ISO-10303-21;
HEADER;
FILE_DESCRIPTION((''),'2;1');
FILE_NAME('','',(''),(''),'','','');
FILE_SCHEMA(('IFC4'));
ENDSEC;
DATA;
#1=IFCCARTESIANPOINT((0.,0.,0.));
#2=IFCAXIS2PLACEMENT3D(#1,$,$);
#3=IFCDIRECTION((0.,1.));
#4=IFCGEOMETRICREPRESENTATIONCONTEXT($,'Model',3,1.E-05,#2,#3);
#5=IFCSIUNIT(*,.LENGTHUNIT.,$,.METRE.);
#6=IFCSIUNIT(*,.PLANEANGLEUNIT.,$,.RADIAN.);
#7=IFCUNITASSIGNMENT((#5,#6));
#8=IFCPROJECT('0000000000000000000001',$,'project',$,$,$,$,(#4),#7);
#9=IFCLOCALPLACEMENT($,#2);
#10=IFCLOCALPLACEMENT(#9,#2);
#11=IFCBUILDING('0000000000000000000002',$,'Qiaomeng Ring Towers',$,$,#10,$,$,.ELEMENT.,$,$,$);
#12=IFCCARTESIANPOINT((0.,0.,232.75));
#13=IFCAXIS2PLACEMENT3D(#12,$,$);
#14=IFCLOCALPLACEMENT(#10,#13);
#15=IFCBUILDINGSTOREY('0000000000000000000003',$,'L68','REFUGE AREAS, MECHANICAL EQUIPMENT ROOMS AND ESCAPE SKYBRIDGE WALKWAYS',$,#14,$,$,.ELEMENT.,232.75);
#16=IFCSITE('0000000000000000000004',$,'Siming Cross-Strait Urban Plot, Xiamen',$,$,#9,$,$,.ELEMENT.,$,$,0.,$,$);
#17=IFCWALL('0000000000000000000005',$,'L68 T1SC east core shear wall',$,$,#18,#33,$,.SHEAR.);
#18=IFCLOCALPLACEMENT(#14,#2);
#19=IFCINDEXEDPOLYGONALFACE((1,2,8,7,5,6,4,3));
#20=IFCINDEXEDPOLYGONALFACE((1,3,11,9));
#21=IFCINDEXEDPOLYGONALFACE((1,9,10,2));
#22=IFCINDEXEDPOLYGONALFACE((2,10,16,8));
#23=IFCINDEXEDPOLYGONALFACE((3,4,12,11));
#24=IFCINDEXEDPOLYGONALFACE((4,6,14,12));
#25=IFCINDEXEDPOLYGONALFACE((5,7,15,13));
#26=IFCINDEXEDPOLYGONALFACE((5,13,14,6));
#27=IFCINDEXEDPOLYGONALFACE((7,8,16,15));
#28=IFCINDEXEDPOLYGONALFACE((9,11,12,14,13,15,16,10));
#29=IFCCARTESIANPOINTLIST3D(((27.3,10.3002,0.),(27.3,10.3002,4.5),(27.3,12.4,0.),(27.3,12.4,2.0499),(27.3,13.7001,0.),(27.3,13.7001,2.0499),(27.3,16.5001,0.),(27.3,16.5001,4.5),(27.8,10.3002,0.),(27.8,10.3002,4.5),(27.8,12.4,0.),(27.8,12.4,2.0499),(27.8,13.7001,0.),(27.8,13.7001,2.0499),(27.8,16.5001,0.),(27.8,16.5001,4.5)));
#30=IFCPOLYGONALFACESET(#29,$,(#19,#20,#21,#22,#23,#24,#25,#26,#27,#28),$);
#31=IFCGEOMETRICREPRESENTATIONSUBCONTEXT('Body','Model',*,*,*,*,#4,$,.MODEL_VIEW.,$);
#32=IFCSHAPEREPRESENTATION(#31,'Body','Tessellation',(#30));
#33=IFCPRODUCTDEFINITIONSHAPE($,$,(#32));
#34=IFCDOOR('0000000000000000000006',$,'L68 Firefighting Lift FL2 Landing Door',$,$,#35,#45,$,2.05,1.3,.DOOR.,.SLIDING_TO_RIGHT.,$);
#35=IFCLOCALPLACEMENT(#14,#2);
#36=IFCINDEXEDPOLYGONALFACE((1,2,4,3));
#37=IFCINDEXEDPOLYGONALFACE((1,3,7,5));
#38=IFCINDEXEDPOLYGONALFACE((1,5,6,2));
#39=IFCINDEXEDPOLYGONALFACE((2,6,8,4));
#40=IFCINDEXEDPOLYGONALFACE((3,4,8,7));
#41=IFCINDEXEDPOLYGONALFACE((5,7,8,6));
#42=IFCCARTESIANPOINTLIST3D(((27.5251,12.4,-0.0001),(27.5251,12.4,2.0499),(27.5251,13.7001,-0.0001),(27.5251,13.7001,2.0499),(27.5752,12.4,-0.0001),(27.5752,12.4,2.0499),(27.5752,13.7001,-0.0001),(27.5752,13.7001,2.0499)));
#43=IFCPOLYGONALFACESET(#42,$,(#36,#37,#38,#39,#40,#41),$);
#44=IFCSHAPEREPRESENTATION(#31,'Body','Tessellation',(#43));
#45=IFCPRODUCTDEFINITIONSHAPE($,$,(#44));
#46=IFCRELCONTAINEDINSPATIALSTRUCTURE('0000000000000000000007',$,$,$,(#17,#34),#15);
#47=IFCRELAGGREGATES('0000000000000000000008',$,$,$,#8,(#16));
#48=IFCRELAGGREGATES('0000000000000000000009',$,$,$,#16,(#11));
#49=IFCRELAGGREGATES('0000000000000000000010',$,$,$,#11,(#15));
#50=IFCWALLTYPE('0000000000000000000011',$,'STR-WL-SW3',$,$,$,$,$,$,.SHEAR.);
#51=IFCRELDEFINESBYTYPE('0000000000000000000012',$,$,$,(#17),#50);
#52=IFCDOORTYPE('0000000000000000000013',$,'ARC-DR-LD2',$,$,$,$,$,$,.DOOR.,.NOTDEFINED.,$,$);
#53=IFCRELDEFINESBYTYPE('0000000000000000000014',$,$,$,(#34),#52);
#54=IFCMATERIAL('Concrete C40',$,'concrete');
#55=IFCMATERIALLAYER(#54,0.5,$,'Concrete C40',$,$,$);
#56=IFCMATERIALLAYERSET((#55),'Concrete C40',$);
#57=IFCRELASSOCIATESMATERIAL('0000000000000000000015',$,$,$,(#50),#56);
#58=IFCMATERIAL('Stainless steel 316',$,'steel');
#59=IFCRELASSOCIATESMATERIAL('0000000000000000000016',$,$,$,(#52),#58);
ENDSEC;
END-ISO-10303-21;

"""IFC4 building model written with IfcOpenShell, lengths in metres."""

from ifc_helpers import new_model, si_unit, direction, frame, frame_2d, origin, place, context, subcontext, project, spatial, rectangle, extrude, source, transform, mapped, material, layer, layer_set, type_object, element, fill, save


model = new_model("IFC4")

# Units and contexts
model_context = context("Model", 3, precision=1e-05, world=origin(), true_north=direction((0.0, 1.0)))
body_context = subcontext(model_context, "Body", "Model", "MODEL_VIEW")
ifc_project = project(units=[si_unit("LENGTHUNIT", "METRE"), si_unit("PLANEANGLEUNIT", "RADIAN")], contexts=[model_context])

# Site, building, storey
site_placement = place(None, origin())
site = spatial("IfcSite", under=ifc_project, at=site_placement, Name="Siming Cross-Strait Urban Plot, Xiamen", CompositionType="ELEMENT", RefElevation=0.0)
building_placement = place(site_placement, origin())
building = spatial("IfcBuilding", under=site, at=building_placement, Name="Qiaomeng Ring Towers", CompositionType="ELEMENT")
storey_placement = place(building_placement, frame((0.0, 0.0, 232.75)))
storey = spatial("IfcBuildingStorey", under=building, at=storey_placement, Name="L68", Description="REFUGE AREAS, MECHANICAL EQUIPMENT ROOMS AND ESCAPE SKYBRIDGE WALKWAYS", CompositionType="ELEMENT", Elevation=232.75)

# Shared definitions
ifc_material_1 = material(Name="Concrete C40", Category="concrete")

# Wall, opening, door
ifc_layer_1 = layer(ifc_material_1, 0.5, Name="Concrete C40")
ifc_layer_set_1 = layer_set([ifc_layer_1], Name="Concrete C40")
wall_type_1 = type_object("IfcWallType", Name="STR-WL-SW3", PredefinedType="SHEAR", material=ifc_layer_set_1)
wall_1_placement = place(storey_placement, frame((27.55, 10.3, 0.0), z_axis=(0.0, 0.0, 1.0), x_axis=(0.0, 1.0, 0.0)))
wall_1 = element("IfcWall", 1, at=wall_1_placement, inside=storey, type_object=wall_type_1, Name="L68 T1SC east core shear wall", PredefinedType="SHEAR", context=body_context, shape_type="SweptSolid", body=[
    extrude(rectangle(XDim=6.2, YDim=0.5, at=frame_2d((3.1001, 0.0))), origin(), (0.0, 0.0, 1.0), 4.5),
])
opening_placement = place(wall_1_placement, frame((2.1001, 0.0, 0.0)))
opening = element("IfcOpeningElement", 2, at=opening_placement, cuts=wall_1, PredefinedType="OPENING", context=body_context, shape_type="SweptSolid", body=[
    extrude(rectangle(XDim=1.3, YDim=2.05, at=frame_2d((0.6499, 1.0249))), frame((0.0, 0.26, 0.0), z_axis=(0.0, -1.0, 0.0), x_axis=(1.0, 0.0, 0.0)), (0.0, 0.0, 1.0), 0.52),
])
ifc_material_2 = material(Name="Stainless steel 316", Category="steel")
door_type = type_object("IfcDoorType", Name="ARC-DR-LD2", OperationType="NOTDEFINED", PredefinedType="DOOR", material=ifc_material_2)
shared_shape_1 = source(origin(), body_context, "Body", "SweptSolid", [
    extrude(rectangle(XDim=1.3, YDim=2.05, at=frame_2d((0.6499, 1.0249))), frame((0.0, 0.0249, 0.0), z_axis=(0.0, -1.0, 0.0), x_axis=(1.0, 0.0, 0.0)), (0.0, 0.0, 1.0), 0.05),
])
door_placement = place(opening_placement, origin())
door = element("IfcDoor", 3, at=door_placement, inside=storey, type_object=door_type, Name="L68 Firefighting Lift FL2 Landing Door", OperationType="SLIDING_TO_RIGHT", OverallHeight=2.05, OverallWidth=1.3, PredefinedType="DOOR", context=body_context, shape_type="MappedRepresentation", body=[
    mapped(shared_shape_1, transform((0.0, 0.0, 0.0), x_axis=(1.0, 0.0, 0.0), y_axis=(0.0, 1.0, 0.0), z_axis=(0.0, 0.0, 1.0), scale=1.0)),
])
fill(opening, door)

save(model, "model.ifc")
